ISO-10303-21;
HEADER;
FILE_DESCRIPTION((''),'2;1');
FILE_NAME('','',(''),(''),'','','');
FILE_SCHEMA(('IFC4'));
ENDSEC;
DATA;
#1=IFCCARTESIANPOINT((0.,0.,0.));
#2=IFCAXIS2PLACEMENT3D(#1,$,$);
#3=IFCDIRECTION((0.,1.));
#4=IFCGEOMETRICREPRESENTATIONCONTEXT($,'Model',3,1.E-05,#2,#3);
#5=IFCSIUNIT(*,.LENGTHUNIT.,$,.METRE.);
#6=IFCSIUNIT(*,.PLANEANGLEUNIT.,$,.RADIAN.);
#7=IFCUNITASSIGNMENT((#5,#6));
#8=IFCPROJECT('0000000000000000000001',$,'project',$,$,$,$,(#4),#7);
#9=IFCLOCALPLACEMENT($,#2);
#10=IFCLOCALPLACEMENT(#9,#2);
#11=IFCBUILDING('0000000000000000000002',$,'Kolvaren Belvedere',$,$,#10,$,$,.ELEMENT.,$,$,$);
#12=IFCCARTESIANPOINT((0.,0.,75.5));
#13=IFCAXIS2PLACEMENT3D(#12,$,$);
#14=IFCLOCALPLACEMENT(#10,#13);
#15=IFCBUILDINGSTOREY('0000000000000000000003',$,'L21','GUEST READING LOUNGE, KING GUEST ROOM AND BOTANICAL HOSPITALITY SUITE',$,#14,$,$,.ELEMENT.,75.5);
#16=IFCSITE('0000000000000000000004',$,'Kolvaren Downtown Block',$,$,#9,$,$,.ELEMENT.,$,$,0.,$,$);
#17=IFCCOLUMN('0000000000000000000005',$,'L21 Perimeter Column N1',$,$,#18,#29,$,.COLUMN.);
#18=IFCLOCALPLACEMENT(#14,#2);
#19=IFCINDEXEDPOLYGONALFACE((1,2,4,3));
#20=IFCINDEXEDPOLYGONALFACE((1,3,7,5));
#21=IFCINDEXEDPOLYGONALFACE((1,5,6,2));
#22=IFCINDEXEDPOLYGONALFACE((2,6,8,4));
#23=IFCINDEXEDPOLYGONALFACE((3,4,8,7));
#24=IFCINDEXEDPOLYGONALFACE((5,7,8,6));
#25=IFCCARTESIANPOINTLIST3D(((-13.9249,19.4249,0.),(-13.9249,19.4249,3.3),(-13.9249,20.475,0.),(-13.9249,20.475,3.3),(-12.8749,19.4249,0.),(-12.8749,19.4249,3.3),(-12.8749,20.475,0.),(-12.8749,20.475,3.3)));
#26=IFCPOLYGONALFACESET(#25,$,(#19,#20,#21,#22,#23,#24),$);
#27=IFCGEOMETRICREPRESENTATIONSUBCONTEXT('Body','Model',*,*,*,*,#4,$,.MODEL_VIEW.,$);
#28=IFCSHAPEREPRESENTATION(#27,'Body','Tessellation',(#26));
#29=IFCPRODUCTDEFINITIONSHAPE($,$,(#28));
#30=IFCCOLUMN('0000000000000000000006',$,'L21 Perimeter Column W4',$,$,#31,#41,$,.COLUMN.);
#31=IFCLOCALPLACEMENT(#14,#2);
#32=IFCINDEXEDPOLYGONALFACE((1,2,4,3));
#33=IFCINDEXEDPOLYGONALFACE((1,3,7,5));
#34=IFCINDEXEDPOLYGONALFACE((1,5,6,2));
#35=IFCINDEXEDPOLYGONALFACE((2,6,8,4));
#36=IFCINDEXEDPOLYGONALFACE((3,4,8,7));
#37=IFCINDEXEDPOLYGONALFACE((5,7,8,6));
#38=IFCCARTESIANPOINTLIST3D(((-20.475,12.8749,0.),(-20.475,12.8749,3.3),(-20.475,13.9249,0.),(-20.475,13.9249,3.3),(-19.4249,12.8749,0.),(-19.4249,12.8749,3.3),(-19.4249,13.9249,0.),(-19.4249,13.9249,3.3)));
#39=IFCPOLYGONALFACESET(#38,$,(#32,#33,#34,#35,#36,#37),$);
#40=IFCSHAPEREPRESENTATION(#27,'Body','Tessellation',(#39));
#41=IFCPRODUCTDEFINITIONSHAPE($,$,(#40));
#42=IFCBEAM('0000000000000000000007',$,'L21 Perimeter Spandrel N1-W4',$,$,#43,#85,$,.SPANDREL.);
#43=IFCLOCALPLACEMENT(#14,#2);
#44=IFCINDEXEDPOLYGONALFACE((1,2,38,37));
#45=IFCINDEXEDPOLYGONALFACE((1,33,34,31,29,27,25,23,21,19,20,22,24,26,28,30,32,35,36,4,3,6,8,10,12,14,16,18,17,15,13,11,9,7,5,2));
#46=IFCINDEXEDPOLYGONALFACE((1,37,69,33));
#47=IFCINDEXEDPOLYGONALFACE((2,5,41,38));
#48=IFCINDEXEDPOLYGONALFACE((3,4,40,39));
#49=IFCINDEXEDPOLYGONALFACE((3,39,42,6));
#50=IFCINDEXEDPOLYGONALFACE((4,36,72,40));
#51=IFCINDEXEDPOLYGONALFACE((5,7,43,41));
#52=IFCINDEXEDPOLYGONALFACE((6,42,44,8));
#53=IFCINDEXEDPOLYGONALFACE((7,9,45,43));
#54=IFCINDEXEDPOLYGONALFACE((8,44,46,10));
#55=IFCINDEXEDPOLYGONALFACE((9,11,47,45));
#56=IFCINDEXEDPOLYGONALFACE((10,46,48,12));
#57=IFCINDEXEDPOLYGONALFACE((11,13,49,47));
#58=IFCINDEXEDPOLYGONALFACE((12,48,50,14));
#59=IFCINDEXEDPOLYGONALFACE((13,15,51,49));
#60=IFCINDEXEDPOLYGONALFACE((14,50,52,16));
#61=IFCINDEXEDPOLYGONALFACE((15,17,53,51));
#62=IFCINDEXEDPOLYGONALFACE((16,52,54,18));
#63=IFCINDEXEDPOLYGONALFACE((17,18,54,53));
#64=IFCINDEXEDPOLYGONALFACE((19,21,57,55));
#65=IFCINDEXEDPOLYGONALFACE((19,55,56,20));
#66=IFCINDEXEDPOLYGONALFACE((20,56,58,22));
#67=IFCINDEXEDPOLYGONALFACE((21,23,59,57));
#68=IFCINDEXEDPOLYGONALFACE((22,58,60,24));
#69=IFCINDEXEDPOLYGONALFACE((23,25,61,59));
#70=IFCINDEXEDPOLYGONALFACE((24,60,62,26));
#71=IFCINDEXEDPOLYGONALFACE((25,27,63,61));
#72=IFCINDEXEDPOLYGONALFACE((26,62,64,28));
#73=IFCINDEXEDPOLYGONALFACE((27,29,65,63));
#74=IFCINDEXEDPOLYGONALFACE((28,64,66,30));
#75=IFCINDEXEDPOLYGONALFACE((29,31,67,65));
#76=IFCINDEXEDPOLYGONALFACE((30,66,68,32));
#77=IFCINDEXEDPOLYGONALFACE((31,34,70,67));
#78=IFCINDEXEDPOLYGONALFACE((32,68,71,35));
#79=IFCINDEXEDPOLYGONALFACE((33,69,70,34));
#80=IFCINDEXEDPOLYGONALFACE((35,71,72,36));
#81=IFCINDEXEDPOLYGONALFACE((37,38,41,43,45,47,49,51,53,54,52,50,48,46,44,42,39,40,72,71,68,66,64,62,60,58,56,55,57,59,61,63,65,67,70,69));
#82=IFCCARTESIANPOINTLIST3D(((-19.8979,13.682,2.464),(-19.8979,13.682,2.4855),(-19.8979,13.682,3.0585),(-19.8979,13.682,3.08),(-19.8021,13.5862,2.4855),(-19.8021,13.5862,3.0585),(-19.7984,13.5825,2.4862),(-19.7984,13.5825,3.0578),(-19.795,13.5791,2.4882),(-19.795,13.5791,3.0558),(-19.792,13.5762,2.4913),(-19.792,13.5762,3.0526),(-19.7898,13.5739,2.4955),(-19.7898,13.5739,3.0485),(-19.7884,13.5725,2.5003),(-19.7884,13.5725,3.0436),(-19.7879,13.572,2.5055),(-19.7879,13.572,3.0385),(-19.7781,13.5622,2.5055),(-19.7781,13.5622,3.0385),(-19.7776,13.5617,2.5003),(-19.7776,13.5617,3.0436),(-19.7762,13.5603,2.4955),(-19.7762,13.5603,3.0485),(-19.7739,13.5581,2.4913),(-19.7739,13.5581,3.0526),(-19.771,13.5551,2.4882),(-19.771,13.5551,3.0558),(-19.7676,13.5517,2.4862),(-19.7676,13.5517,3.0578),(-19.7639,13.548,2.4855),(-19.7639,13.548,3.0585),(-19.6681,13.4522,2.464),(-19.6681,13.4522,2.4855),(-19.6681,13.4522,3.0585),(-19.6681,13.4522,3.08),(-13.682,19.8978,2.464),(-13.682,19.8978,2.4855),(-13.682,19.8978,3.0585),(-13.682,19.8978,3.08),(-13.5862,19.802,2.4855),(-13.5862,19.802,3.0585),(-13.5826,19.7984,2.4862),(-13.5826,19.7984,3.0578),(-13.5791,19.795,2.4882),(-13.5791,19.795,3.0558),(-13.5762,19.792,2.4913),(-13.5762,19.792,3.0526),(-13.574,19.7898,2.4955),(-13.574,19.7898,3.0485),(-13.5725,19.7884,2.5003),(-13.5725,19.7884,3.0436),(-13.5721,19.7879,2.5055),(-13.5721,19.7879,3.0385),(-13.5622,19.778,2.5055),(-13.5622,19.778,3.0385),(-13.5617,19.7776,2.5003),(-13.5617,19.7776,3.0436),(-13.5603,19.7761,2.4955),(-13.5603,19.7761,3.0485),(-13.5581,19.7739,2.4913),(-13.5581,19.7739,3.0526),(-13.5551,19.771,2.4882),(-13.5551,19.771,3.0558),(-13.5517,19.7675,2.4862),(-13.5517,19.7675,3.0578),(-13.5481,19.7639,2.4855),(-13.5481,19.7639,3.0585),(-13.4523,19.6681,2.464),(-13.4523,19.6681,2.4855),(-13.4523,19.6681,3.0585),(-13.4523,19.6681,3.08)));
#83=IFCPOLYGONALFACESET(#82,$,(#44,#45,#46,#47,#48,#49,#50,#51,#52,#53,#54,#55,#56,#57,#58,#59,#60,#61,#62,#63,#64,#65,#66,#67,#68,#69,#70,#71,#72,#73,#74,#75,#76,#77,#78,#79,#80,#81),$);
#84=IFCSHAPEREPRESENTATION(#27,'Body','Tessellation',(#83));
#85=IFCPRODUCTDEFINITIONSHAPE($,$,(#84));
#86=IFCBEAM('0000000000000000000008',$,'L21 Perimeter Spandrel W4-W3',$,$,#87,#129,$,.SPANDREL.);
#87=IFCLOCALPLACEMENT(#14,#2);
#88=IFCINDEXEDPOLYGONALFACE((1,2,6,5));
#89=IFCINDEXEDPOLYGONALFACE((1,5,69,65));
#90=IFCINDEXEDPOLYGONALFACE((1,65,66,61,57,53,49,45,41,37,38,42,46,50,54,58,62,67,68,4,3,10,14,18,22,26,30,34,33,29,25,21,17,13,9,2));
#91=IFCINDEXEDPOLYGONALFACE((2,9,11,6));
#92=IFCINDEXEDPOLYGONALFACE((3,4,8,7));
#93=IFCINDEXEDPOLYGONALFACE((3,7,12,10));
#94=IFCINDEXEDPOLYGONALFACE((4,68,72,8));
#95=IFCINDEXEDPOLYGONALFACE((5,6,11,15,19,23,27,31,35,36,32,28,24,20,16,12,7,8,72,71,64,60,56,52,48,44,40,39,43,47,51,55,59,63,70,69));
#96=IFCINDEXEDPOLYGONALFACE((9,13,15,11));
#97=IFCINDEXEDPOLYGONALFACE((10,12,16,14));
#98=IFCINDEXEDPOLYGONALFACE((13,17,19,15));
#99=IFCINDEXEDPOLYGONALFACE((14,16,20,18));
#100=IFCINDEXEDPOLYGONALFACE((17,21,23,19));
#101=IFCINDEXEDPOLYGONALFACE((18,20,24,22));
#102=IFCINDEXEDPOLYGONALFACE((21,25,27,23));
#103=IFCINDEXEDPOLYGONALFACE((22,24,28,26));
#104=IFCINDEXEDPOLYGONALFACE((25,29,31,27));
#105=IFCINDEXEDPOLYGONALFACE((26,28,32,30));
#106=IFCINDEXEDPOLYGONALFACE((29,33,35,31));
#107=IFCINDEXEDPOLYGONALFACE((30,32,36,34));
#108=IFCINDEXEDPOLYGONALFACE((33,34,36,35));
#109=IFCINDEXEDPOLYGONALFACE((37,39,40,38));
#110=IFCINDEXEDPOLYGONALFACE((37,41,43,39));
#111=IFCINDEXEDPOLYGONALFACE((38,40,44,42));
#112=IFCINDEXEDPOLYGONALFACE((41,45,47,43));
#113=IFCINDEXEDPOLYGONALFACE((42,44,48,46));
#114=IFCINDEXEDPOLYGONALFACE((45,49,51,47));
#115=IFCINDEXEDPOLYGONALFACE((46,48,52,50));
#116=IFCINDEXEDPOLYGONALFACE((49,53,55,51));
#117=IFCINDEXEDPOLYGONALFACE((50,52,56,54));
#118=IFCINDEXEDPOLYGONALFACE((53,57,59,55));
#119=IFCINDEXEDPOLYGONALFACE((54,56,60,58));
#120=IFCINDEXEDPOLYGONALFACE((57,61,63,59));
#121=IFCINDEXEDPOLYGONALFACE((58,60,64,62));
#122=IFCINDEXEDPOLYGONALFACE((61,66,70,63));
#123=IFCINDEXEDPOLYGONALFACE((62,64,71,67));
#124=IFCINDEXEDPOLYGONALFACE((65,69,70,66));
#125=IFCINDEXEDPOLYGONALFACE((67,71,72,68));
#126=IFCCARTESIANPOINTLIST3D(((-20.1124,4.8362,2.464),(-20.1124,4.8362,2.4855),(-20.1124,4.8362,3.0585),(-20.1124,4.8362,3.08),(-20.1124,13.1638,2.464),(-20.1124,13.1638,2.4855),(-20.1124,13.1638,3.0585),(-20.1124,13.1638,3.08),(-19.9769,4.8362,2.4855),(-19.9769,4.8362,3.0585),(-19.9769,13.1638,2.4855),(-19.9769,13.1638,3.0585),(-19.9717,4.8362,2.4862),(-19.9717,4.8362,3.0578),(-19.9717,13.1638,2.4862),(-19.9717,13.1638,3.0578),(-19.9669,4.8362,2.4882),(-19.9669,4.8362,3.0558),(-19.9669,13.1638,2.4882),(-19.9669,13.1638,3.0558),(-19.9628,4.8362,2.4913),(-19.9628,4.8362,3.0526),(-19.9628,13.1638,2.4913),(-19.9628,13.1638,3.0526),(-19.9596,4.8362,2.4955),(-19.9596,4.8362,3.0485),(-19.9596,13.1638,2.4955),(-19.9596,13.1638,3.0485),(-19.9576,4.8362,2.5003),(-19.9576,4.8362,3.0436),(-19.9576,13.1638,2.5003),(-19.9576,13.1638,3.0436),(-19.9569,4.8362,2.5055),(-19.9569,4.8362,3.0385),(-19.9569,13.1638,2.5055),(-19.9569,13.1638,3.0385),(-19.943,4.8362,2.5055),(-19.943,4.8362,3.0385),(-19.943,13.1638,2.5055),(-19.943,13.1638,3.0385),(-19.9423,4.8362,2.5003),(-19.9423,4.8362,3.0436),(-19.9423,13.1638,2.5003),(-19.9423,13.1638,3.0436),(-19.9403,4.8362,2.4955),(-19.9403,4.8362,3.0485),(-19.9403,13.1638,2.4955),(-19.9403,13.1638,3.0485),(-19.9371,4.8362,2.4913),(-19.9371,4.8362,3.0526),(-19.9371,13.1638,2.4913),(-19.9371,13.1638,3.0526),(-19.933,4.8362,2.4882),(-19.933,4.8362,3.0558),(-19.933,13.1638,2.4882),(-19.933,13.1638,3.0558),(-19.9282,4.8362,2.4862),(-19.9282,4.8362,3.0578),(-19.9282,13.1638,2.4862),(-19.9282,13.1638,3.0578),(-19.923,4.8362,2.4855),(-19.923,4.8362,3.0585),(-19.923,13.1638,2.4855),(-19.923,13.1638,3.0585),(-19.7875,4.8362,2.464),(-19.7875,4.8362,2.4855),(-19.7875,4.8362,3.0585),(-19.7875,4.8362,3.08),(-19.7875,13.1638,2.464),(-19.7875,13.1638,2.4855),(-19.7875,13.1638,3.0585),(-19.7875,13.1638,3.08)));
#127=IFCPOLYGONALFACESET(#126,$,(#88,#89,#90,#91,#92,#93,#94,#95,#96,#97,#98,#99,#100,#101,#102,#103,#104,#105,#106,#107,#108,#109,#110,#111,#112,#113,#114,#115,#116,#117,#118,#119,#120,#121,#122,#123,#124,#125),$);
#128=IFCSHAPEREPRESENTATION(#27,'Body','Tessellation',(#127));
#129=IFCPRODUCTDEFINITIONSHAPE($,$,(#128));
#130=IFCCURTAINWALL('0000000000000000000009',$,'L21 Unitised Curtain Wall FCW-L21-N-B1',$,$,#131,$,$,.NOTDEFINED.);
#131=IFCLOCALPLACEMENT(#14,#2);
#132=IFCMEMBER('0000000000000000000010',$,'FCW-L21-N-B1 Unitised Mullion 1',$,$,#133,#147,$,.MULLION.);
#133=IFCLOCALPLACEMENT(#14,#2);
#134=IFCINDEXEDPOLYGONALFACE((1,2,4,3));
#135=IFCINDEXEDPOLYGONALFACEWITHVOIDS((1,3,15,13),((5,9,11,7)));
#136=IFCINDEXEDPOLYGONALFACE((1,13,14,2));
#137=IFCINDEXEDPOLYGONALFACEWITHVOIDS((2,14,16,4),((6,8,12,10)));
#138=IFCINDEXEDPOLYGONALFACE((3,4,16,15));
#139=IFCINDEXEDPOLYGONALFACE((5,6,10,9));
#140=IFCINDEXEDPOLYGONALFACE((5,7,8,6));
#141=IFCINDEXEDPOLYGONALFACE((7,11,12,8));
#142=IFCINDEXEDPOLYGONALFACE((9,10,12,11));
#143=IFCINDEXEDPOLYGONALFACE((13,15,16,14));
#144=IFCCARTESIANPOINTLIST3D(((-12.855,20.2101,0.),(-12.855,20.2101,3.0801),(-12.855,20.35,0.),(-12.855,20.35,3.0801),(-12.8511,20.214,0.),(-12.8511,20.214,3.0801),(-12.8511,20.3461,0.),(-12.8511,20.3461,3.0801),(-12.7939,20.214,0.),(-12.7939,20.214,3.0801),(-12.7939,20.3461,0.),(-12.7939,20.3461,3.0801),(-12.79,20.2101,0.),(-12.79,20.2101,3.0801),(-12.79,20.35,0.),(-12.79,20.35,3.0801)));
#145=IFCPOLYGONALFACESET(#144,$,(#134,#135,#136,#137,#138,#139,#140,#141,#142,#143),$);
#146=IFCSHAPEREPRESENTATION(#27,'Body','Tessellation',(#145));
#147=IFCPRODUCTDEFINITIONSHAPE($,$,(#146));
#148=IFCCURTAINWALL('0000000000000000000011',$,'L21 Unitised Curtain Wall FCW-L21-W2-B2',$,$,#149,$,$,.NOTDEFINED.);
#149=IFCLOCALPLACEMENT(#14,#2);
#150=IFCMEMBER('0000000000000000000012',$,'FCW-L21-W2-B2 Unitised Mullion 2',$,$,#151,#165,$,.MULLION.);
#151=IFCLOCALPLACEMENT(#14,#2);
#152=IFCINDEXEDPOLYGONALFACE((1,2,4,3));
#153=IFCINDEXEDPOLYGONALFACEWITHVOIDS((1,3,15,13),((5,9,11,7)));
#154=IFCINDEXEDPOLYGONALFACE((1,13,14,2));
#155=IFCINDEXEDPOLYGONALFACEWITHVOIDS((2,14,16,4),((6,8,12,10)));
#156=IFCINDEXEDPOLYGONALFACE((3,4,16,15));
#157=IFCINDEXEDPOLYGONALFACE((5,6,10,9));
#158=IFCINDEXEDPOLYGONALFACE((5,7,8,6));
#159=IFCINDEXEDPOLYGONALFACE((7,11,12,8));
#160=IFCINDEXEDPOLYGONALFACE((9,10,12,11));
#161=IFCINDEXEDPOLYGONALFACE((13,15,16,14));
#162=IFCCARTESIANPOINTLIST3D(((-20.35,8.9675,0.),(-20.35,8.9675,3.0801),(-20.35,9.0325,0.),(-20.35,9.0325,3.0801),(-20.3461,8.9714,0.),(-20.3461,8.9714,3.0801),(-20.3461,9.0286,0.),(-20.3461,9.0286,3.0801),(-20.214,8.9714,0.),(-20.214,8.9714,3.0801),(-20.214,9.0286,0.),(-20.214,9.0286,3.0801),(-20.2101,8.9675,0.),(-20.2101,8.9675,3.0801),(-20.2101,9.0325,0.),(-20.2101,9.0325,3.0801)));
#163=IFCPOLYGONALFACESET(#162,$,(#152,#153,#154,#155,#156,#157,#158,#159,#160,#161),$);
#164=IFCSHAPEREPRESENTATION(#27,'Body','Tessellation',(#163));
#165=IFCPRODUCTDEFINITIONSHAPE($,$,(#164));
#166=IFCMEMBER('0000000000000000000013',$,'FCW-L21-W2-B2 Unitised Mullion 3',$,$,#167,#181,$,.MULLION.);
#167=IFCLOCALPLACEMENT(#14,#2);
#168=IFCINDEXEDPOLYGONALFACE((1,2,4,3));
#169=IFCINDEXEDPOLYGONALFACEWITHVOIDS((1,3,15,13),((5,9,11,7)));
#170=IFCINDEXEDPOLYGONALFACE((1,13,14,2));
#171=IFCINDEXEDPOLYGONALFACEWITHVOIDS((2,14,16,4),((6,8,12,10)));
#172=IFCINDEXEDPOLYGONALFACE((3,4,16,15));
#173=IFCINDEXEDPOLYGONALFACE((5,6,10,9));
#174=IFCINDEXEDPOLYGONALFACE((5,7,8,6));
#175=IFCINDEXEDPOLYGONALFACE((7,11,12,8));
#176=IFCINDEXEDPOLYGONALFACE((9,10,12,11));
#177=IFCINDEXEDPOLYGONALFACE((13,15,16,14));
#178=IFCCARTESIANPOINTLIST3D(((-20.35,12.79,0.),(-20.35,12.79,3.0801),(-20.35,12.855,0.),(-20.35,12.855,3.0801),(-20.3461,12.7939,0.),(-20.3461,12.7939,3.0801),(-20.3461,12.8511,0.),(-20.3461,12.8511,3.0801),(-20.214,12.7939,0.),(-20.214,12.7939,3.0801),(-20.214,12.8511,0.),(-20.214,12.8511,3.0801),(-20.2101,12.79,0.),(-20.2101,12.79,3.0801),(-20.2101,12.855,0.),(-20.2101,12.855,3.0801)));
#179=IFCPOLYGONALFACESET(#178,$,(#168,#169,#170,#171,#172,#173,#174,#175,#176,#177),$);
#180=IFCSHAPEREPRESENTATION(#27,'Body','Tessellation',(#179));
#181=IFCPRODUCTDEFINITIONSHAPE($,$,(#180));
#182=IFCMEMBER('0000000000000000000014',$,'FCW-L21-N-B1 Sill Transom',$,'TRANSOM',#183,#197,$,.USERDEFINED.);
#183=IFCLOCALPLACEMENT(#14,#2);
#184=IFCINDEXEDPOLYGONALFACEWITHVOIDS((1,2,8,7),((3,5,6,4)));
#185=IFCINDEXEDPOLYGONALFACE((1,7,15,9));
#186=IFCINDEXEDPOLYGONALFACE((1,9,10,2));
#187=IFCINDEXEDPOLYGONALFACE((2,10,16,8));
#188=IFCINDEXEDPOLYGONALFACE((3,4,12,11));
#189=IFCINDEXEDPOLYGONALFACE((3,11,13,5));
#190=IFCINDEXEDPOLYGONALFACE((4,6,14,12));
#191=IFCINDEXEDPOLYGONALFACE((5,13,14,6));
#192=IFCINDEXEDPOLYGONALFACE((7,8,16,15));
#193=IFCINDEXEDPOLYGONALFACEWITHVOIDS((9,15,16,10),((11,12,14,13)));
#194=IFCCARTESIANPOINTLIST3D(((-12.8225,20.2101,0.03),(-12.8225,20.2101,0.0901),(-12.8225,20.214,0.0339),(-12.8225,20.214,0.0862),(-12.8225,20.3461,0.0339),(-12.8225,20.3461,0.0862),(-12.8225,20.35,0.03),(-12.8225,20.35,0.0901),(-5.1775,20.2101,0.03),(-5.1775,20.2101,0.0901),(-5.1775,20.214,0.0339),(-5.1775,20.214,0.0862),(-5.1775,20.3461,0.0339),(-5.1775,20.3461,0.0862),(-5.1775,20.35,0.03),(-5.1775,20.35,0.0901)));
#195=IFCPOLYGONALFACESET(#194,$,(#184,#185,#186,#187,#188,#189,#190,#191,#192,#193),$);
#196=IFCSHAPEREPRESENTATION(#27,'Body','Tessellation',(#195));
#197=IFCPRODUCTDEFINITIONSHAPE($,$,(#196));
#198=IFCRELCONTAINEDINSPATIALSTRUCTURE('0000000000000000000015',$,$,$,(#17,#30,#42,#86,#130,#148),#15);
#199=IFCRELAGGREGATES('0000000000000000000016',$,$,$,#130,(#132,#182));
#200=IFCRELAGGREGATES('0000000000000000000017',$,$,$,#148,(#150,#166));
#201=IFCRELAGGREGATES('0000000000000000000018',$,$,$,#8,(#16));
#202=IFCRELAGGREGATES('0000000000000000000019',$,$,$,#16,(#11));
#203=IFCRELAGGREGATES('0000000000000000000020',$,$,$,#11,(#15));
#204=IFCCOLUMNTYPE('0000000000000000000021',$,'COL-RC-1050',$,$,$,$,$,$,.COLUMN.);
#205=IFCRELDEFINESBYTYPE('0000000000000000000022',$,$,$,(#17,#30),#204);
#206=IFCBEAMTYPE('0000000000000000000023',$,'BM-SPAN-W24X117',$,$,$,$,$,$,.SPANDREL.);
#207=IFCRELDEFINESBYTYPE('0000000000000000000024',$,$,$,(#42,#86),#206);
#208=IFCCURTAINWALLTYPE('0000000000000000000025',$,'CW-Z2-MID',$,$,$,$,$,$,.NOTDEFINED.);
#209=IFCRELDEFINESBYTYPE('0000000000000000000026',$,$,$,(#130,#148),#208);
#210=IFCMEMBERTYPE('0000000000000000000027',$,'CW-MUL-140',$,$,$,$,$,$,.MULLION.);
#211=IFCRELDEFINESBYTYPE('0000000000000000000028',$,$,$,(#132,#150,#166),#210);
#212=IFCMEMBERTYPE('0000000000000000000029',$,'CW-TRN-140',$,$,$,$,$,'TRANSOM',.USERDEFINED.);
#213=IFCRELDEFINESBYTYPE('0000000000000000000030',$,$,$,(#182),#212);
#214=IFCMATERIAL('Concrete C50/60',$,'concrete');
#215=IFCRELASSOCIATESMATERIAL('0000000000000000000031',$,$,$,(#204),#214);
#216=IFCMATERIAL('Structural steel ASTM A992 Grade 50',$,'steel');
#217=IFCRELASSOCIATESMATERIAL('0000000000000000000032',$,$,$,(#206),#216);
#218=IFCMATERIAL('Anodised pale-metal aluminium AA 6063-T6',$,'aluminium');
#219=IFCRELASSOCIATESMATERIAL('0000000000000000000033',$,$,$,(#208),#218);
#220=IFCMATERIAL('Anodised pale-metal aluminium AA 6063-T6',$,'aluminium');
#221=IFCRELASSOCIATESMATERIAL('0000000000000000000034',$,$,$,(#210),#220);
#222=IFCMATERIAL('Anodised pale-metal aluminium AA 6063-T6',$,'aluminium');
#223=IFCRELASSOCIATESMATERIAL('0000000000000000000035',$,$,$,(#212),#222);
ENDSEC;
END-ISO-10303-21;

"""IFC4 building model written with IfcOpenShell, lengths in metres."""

from ifc_helpers import new_model, si_unit, direction, frame, origin, origin_2d, place, context, subcontext, project, spatial, rectangle, hollow_rectangle, i_section, extrude, material, material_profile, profile_set, type_object, element, aggregate, save


model = new_model("IFC4")

# Units and contexts
model_context = context("Model", 3, precision=1e-05, world=origin(), true_north=direction((0.0, 1.0)))
body_context = subcontext(model_context, "Body", "Model", "MODEL_VIEW")
ifc_project = project(units=[si_unit("LENGTHUNIT", "METRE"), si_unit("PLANEANGLEUNIT", "RADIAN")], contexts=[model_context])

# Site, building, storey
site_placement = place(None, origin())
site = spatial("IfcSite", under=ifc_project, at=site_placement, Name="Kolvaren Downtown Block", CompositionType="ELEMENT", RefElevation=0.0)
building_placement = place(site_placement, origin())
building = spatial("IfcBuilding", under=site, at=building_placement, Name="Kolvaren Belvedere", CompositionType="ELEMENT")
storey_placement = place(building_placement, frame((0.0, 0.0, 75.5)))
storey = spatial("IfcBuildingStorey", under=building, at=storey_placement, Name="L21", Description="GUEST READING LOUNGE, KING GUEST ROOM AND BOTANICAL HOSPITALITY SUITE", CompositionType="ELEMENT", Elevation=75.5)

# Columns
ifc_material_1 = material(Name="Concrete C50/60", Category="concrete")
ifc_material_profile_1 = material_profile(ifc_material_1, rectangle(XDim=1.05, YDim=1.05, at=origin_2d()), Name="RC 1050X1050")
ifc_profile_set_1 = profile_set([ifc_material_profile_1], Name="Concrete C50/60")
column_type = type_object("IfcColumnType", Name="COL-RC-1050", PredefinedType="COLUMN", material=ifc_profile_set_1)
for number, where, z_axis, x_axis, name in (
    (1, (-13.3999, 19.95, 0.0), (0.0, 0.0, 1.0), (1.0, 0.0, 0.0), "L21 Perimeter Column N1"),
    (2, (-19.95, 13.3999, 0.0), (0.0, 0.0, 1.0), (1.0, 0.0, 0.0), "L21 Perimeter Column W4"),
):
    element("IfcColumn", number, at=place(storey_placement, frame(where, z_axis=z_axis, x_axis=x_axis)), inside=storey, type_object=column_type, Name=name, PredefinedType="COLUMN", context=body_context, shape_type="SweptSolid", body=[
        extrude(rectangle(XDim=1.05, YDim=1.05, at=origin_2d()), origin(), (0.0, 0.0, 1.0), 3.3),
    ])

# Beams
ifc_material_2 = material(Name="Structural steel ASTM A992 Grade 50", Category="steel")
ifc_material_profile_2 = material_profile(ifc_material_2, i_section(OverallWidth=0.325, OverallDepth=0.616, WebThickness=0.0139, FlangeThickness=0.0215, FilletRadius=0.02, at=origin_2d()), Name="W24X117")
ifc_profile_set_2 = profile_set([ifc_material_profile_2], Name="Structural steel ASTM A992 Grade 50")
beam_type = type_object("IfcBeamType", Name="BM-SPAN-W24X117", PredefinedType="SPANDREL", material=ifc_profile_set_2)
beam_1_placement = place(storey_placement, frame((-13.5671, 19.783, 2.772), z_axis=(-0.707107, -0.707107, 0.0), x_axis=(0.707107, -0.707107, 0.0)))
element("IfcBeam", 3, at=beam_1_placement, inside=storey, type_object=beam_type, Name="L21 Perimeter Spandrel N1-W4", PredefinedType="SPANDREL", context=body_context, shape_type="SweptSolid", body=[
    extrude(i_section(OverallWidth=0.325, OverallDepth=0.616, WebThickness=0.0139, FlangeThickness=0.0215, FilletRadius=0.02, at=origin_2d()), origin(), (0.0, 0.0, 1.0), 8.7905),
])
beam_2_placement = place(storey_placement, frame((-19.95, 13.1638, 2.772), z_axis=(0.0, -1.0, 0.0), x_axis=(1.0, 0.0, 0.0)))
element("IfcBeam", 4, at=beam_2_placement, inside=storey, type_object=beam_type, Name="L21 Perimeter Spandrel W4-W3", PredefinedType="SPANDREL", context=body_context, shape_type="SweptSolid", body=[
    extrude(i_section(OverallWidth=0.325, OverallDepth=0.616, WebThickness=0.0139, FlangeThickness=0.0215, FilletRadius=0.02, at=origin_2d()), origin(), (0.0, 0.0, 1.0), 8.3276),
])

# Curtain wall, member
ifc_material_3 = material(Name="Anodised pale-metal aluminium AA 6063-T6", Category="aluminium")
curtain_wall_type = type_object("IfcCurtainWallType", Name="CW-Z2-MID", PredefinedType="NOTDEFINED", material=ifc_material_3)
curtain_wall_1_placement = place(storey_placement, origin())
curtain_wall_1 = element("IfcCurtainWall", 5, at=curtain_wall_1_placement, inside=storey, type_object=curtain_wall_type, Name="L21 Unitised Curtain Wall FCW-L21-N-B1", PredefinedType="NOTDEFINED")
ifc_material_4 = material(Name="Anodised pale-metal aluminium AA 6063-T6", Category="aluminium")
ifc_material_profile_3 = material_profile(ifc_material_4, hollow_rectangle(XDim=0.0649, YDim=0.1399, WallThickness=0.0039, at=origin_2d()), Name="ALU-MUL-140X65")
ifc_profile_set_3 = profile_set([ifc_material_profile_3], Name="Anodised pale-metal aluminium AA 6063-T6")
member_type_1 = type_object("IfcMemberType", Name="CW-MUL-140", PredefinedType="MULLION", material=ifc_profile_set_3)
member_1_placement = place(storey_placement, frame((-12.8225, 20.28, 0.0), z_axis=(0.0, 0.0, 1.0), x_axis=(1.0, 0.0, 0.0)))
member_1 = element("IfcMember", 6, at=member_1_placement, type_object=member_type_1, Name="FCW-L21-N-B1 Unitised Mullion 1", PredefinedType="MULLION", context=body_context, shape_type="SweptSolid", body=[
    extrude(hollow_rectangle(XDim=0.0649, YDim=0.1399, WallThickness=0.0039, at=origin_2d()), origin(), (0.0, 0.0, 1.0), 3.0801),
])

# Curtain wall, members
curtain_wall_2_placement = place(storey_placement, origin())
curtain_wall_2 = element("IfcCurtainWall", 7, at=curtain_wall_2_placement, inside=storey, type_object=curtain_wall_type, Name="L21 Unitised Curtain Wall FCW-L21-W2-B2", PredefinedType="NOTDEFINED")
member_2_placement = place(storey_placement, frame((-20.28, 9.0, 0.0), z_axis=(0.0, 0.0, 1.0), x_axis=(0.0, 1.0, 0.0)))
member_2 = element("IfcMember", 8, at=member_2_placement, type_object=member_type_1, Name="FCW-L21-W2-B2 Unitised Mullion 2", PredefinedType="MULLION", context=body_context, shape_type="SweptSolid", body=[
    extrude(hollow_rectangle(XDim=0.0649, YDim=0.1399, WallThickness=0.0039, at=origin_2d()), origin(), (0.0, 0.0, 1.0), 3.0801),
])
member_3_placement = place(storey_placement, frame((-20.28, 12.8225, 0.0), z_axis=(0.0, 0.0, 1.0), x_axis=(0.0, 1.0, 0.0)))
member_3 = element("IfcMember", 9, at=member_3_placement, type_object=member_type_1, Name="FCW-L21-W2-B2 Unitised Mullion 3", PredefinedType="MULLION", context=body_context, shape_type="SweptSolid", body=[
    extrude(hollow_rectangle(XDim=0.0649, YDim=0.1399, WallThickness=0.0039, at=origin_2d()), origin(), (0.0, 0.0, 1.0), 3.0801),
])

# Member
ifc_material_5 = material(Name="Anodised pale-metal aluminium AA 6063-T6", Category="aluminium")
ifc_material_profile_4 = material_profile(ifc_material_5, hollow_rectangle(XDim=0.0601, YDim=0.1399, WallThickness=0.0039, at=origin_2d()), Name="ALU-TRN-140X60")
ifc_profile_set_4 = profile_set([ifc_material_profile_4], Name="Anodised pale-metal aluminium AA 6063-T6")
member_type_2 = type_object("IfcMemberType", Name="CW-TRN-140", ElementType="TRANSOM", PredefinedType="USERDEFINED", material=ifc_profile_set_4)
member_4_placement = place(storey_placement, frame((-12.8225, 20.28, 0.0601), z_axis=(1.0, 0.0, 0.0), x_axis=(0.0, 0.0, 1.0)))
member_4 = element("IfcMember", 10, at=member_4_placement, type_object=member_type_2, Name="FCW-L21-N-B1 Sill Transom", ObjectType="TRANSOM", PredefinedType="USERDEFINED", context=body_context, shape_type="SweptSolid", body=[
    extrude(hollow_rectangle(XDim=0.0601, YDim=0.1399, WallThickness=0.0039, at=origin_2d()), origin(), (0.0, 0.0, 1.0), 7.645),
])
aggregate(curtain_wall_1, [member_1, member_4])

aggregate(curtain_wall_2, [member_2, member_3])

save(model, "model.ifc")
